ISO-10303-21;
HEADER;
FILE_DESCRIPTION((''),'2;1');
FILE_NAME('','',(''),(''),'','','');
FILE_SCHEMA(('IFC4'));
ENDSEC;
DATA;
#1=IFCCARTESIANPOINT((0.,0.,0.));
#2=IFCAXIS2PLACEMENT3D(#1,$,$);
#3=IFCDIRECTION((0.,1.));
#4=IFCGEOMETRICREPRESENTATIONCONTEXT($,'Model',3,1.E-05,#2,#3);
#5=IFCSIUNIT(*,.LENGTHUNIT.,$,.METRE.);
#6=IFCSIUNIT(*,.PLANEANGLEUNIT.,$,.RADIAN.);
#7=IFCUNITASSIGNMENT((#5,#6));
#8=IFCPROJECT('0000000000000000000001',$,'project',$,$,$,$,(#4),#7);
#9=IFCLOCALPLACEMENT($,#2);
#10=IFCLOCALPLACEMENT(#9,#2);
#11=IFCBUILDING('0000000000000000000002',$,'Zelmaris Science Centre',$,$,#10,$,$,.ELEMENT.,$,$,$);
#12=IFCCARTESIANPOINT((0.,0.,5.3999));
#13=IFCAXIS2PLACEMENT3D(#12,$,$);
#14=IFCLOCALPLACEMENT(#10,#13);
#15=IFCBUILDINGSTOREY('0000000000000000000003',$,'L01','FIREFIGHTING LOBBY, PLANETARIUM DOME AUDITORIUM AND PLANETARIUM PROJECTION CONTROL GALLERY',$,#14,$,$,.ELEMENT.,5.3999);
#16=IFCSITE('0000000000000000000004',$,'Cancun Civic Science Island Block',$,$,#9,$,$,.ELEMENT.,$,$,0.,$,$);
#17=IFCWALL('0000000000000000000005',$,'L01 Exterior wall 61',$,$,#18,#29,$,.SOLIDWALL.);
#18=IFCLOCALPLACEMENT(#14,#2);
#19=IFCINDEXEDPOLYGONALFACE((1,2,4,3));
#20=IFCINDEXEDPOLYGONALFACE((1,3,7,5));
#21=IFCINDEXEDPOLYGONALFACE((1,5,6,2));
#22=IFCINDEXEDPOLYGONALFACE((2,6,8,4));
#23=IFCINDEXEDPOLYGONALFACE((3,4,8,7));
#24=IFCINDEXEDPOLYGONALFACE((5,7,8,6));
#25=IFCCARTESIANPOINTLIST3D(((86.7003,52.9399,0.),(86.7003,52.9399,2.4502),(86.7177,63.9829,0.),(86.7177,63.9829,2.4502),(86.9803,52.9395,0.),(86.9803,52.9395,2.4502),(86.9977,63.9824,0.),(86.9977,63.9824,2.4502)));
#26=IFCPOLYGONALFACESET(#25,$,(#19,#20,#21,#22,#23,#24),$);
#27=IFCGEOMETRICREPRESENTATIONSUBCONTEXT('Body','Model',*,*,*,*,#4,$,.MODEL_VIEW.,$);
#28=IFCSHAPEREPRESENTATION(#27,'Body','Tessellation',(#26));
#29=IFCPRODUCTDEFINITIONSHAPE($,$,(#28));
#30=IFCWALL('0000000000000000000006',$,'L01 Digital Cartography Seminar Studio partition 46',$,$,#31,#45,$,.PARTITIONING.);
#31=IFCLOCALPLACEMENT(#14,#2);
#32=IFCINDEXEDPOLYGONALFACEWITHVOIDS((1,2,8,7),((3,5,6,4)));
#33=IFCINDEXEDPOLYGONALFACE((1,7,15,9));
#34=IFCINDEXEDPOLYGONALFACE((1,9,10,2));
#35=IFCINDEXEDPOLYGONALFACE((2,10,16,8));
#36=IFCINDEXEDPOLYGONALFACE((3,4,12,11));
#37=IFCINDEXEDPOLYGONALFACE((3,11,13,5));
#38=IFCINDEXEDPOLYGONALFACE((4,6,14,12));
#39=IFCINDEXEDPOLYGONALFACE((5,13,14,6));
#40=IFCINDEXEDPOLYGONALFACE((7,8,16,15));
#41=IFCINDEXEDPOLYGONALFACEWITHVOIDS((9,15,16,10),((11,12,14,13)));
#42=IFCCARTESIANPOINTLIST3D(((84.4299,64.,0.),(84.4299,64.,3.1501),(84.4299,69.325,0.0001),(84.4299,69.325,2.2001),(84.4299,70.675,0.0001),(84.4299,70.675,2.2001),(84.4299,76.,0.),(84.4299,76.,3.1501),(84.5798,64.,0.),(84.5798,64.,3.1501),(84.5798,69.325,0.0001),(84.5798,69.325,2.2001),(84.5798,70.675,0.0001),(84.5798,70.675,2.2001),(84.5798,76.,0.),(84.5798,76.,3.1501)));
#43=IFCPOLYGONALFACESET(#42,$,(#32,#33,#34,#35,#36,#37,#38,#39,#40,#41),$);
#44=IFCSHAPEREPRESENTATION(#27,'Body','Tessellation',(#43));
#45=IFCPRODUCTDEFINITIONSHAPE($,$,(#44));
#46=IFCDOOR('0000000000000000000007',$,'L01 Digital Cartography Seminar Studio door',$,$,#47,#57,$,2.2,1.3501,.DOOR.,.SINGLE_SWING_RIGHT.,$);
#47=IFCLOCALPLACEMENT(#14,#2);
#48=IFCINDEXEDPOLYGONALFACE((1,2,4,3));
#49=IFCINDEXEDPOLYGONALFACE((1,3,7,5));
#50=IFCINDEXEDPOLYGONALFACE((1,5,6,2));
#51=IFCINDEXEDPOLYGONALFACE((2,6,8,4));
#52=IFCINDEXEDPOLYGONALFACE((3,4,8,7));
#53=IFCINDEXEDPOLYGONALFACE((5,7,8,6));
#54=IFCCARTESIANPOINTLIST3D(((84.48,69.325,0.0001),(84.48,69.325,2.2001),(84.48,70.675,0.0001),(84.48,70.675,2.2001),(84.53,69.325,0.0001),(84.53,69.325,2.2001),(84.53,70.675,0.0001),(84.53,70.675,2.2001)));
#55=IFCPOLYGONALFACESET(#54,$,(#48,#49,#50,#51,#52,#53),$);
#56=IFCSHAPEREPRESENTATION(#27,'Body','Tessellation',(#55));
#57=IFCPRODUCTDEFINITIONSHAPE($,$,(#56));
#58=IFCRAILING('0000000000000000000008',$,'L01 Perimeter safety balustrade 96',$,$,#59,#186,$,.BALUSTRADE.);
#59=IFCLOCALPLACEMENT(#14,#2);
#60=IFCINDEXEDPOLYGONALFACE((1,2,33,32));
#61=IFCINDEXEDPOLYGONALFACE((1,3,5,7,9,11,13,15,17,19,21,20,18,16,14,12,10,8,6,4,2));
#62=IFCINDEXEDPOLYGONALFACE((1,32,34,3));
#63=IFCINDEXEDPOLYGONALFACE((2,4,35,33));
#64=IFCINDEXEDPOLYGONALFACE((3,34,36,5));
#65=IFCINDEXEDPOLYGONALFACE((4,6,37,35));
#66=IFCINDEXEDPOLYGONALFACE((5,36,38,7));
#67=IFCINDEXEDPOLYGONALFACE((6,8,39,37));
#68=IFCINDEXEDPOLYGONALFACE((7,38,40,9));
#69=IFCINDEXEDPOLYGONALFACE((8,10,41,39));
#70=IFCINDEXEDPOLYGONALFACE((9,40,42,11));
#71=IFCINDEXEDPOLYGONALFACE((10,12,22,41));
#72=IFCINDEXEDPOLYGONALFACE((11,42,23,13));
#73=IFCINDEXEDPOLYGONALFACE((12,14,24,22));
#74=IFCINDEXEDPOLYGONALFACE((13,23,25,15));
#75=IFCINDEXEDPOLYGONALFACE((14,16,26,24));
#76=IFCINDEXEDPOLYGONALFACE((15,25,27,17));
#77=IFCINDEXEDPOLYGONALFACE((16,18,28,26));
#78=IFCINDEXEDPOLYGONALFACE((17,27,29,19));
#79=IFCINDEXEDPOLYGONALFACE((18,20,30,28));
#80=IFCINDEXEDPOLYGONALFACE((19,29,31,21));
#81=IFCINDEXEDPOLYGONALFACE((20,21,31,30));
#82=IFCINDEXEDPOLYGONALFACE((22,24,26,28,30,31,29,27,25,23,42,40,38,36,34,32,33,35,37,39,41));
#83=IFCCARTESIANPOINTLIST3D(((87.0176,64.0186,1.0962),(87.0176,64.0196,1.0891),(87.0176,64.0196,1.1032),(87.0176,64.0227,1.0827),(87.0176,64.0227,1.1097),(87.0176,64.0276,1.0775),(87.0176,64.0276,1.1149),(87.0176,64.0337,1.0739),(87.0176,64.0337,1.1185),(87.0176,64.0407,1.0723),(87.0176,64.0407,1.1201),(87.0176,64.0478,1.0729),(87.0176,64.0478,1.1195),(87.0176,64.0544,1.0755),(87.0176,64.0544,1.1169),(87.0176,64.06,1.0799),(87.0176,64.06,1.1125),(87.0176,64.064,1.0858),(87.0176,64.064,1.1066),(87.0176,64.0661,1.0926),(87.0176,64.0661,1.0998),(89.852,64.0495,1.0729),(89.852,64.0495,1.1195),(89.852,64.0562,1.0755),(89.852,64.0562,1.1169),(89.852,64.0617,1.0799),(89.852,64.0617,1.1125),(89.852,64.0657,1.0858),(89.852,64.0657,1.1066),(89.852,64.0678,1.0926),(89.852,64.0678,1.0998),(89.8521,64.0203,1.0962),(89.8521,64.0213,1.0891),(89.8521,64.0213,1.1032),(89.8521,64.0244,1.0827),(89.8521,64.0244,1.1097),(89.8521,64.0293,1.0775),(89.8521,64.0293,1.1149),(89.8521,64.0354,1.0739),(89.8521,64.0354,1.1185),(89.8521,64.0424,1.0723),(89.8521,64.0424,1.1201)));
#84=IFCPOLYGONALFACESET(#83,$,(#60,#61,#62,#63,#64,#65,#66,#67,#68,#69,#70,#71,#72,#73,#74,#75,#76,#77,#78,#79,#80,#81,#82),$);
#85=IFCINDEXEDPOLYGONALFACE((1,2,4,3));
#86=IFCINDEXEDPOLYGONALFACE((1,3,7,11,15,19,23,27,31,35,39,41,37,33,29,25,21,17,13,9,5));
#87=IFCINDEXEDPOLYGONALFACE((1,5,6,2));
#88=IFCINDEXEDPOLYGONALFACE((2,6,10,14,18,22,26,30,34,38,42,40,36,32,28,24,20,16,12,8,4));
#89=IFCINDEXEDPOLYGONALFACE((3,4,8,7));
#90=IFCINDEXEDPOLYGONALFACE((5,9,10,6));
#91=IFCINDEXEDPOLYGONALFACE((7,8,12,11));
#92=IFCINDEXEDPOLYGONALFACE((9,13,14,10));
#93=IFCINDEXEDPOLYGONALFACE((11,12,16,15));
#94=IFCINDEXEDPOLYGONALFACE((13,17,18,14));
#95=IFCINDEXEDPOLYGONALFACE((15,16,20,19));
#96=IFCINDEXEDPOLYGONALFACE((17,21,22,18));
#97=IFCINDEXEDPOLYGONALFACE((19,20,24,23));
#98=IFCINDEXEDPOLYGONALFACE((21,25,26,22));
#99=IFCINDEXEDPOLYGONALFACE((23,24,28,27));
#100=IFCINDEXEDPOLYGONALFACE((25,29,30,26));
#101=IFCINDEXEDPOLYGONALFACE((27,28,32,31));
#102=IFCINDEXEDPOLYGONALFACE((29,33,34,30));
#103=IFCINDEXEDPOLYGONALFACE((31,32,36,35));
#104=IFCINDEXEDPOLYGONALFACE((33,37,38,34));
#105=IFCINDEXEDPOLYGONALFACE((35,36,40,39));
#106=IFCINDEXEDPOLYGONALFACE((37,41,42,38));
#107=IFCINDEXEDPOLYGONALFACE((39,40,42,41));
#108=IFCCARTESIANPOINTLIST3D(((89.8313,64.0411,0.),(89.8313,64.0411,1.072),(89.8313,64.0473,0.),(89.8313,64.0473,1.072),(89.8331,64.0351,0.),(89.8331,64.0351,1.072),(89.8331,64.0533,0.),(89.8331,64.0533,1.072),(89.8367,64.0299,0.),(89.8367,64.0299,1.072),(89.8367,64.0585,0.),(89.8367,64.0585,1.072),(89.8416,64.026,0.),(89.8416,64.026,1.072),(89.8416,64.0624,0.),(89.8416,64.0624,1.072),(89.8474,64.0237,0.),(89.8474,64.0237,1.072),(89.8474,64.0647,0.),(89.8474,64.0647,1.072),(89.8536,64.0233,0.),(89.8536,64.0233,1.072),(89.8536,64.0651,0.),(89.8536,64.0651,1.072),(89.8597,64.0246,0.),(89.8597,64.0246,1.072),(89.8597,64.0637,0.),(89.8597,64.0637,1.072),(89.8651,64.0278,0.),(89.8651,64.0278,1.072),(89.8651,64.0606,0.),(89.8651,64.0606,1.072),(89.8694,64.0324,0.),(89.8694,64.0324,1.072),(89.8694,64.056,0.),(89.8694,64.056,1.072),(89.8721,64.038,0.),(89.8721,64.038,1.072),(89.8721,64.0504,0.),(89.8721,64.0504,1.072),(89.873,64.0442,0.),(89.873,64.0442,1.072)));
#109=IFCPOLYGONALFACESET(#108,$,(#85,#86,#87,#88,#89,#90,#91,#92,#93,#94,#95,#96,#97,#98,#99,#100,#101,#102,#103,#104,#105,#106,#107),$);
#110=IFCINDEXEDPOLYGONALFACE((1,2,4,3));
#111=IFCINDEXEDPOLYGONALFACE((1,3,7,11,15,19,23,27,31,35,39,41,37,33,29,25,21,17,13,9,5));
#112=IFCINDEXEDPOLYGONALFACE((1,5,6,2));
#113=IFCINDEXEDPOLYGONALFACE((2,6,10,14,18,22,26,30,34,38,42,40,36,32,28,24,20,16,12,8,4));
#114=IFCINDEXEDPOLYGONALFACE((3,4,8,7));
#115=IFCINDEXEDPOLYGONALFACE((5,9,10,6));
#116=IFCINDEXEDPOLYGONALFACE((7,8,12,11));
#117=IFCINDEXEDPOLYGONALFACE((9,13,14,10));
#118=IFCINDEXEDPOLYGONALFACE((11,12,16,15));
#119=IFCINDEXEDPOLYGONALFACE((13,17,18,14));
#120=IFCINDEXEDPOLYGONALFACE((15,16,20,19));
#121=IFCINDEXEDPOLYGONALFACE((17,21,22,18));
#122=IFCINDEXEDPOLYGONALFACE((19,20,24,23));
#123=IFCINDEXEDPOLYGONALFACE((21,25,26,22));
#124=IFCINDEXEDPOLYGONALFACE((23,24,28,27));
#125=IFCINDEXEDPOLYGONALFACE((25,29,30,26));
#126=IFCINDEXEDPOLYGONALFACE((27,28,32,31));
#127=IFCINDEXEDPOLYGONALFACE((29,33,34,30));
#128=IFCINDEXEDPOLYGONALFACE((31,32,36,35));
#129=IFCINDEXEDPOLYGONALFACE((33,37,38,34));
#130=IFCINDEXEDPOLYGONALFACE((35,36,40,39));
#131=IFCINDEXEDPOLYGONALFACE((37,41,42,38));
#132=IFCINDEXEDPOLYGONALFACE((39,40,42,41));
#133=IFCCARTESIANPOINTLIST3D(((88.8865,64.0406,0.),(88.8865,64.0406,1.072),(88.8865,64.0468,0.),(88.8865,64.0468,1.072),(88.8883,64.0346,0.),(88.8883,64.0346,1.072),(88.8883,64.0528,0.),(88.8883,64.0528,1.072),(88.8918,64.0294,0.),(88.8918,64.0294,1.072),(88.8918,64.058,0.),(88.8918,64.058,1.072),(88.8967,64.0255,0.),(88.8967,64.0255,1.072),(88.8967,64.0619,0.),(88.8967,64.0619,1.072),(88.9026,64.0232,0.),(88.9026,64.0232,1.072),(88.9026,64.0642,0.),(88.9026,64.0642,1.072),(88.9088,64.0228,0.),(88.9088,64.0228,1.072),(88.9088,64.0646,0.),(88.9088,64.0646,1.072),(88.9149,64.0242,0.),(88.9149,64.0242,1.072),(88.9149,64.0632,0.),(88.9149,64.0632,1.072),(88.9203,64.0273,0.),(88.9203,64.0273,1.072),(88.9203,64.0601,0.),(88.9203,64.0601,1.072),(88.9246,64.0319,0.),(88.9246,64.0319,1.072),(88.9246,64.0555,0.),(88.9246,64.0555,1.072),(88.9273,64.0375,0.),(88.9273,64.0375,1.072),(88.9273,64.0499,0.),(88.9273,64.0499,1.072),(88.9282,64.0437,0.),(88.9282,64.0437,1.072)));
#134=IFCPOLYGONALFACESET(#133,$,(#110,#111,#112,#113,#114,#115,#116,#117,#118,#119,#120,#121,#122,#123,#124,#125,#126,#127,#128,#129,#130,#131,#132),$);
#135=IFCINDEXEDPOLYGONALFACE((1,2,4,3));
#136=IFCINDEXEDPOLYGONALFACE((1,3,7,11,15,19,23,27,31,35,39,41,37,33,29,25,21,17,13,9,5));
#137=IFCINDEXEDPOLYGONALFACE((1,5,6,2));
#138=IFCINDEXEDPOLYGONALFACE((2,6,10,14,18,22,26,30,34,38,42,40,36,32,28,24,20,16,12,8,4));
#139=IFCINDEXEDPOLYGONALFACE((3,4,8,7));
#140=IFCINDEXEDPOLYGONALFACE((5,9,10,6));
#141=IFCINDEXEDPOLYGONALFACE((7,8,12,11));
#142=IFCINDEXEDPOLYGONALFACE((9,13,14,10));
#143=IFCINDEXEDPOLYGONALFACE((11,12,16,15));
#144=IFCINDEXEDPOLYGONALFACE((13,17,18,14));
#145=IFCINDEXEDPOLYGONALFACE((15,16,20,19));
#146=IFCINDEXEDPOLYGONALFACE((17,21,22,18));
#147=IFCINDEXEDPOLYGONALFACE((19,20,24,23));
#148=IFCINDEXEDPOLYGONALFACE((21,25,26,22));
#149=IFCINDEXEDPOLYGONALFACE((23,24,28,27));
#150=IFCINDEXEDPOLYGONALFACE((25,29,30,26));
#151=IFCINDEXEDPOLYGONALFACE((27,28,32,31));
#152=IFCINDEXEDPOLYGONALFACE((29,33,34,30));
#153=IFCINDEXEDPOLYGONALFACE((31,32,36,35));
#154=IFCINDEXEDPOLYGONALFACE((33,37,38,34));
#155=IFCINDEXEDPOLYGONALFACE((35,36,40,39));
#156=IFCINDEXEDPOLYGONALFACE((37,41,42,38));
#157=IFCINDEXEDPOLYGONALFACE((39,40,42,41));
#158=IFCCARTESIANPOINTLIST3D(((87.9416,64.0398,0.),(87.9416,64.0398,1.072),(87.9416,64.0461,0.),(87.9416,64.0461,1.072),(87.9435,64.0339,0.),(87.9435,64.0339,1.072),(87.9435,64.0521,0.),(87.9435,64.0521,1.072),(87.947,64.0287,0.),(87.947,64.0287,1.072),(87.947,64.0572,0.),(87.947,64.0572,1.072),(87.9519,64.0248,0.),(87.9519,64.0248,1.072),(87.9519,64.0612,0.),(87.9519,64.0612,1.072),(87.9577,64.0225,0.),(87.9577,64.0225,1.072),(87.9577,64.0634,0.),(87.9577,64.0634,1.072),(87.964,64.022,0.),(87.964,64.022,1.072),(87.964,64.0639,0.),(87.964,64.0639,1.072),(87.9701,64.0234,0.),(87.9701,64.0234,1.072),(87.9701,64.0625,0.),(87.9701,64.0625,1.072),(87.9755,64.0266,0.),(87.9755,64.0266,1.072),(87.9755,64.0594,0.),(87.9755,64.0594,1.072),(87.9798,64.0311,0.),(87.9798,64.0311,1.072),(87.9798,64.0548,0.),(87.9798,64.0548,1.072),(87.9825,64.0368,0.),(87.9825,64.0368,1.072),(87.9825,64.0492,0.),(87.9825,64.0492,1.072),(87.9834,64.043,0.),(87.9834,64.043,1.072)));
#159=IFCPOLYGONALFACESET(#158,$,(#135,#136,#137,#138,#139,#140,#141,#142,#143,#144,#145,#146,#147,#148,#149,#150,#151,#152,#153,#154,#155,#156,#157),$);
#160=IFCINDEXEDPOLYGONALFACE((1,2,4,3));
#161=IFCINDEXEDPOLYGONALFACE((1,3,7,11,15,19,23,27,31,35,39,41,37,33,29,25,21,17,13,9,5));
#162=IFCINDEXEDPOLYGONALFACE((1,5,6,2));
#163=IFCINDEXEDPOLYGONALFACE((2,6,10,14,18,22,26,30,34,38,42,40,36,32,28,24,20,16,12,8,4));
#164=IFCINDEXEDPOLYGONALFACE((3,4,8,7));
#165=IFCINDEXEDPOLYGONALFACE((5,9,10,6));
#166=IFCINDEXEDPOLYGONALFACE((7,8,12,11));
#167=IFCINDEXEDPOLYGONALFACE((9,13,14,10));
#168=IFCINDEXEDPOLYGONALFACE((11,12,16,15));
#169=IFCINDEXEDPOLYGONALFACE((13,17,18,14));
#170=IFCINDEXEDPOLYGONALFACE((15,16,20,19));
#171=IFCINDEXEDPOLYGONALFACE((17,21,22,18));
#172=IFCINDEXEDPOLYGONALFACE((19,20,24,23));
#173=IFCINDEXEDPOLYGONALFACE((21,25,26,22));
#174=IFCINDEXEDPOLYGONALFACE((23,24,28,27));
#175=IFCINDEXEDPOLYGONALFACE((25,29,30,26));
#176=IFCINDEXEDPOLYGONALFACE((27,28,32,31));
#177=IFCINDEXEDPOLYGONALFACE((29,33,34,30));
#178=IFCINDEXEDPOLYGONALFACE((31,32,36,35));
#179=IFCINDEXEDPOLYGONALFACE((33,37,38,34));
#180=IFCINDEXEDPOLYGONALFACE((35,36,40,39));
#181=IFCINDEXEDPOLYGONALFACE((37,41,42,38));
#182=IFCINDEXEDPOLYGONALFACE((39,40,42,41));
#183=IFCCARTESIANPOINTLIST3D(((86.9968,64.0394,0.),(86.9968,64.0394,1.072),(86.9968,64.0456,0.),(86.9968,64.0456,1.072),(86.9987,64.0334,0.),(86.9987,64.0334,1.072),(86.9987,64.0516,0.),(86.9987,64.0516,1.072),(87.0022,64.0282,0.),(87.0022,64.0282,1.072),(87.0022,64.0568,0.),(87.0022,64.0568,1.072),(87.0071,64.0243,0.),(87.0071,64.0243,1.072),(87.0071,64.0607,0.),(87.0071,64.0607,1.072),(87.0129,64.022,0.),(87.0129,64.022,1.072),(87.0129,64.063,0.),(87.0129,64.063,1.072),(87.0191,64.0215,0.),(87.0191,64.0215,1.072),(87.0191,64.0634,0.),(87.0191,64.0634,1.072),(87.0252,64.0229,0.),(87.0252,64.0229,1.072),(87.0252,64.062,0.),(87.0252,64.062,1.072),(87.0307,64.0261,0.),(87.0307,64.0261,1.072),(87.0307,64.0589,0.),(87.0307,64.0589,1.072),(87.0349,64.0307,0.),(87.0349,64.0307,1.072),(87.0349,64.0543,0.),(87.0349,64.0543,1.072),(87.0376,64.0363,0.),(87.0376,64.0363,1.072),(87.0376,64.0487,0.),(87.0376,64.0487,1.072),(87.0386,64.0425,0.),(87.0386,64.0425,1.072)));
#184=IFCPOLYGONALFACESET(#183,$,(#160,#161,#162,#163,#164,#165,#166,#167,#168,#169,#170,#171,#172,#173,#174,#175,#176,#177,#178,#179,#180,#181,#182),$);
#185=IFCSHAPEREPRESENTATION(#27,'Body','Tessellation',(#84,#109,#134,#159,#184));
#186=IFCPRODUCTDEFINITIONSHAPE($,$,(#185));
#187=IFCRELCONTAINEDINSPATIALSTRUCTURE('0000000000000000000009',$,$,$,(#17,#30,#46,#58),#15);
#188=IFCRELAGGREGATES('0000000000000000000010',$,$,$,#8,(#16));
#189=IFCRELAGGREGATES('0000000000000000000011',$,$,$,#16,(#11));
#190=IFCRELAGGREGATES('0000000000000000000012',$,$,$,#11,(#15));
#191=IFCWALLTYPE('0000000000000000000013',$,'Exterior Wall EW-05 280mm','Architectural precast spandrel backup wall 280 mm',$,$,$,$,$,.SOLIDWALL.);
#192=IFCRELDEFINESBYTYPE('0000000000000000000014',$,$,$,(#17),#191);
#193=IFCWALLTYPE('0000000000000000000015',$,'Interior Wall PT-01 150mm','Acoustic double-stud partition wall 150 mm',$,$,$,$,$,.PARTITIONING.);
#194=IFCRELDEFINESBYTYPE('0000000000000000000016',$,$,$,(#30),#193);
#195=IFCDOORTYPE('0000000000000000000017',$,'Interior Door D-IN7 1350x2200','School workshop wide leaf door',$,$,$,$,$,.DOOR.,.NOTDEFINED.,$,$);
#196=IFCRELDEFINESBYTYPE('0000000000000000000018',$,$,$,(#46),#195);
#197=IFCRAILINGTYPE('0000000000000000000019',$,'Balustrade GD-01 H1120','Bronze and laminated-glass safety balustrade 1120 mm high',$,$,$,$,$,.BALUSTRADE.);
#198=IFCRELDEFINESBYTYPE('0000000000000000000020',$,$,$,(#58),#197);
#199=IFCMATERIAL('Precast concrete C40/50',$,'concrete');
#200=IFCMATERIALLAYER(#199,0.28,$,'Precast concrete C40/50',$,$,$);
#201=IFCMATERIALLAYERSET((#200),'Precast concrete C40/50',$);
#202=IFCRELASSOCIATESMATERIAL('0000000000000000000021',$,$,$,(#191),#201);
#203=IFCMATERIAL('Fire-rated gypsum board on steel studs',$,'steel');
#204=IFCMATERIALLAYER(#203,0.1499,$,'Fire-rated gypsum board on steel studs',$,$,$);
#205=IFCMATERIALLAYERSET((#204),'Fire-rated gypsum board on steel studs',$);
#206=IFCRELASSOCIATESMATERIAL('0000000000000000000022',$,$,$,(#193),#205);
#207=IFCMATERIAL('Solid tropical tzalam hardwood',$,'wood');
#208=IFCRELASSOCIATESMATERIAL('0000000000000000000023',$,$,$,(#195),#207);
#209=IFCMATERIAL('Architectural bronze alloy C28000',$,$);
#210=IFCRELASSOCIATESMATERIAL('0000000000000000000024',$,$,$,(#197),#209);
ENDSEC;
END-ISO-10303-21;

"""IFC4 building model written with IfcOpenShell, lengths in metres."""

from ifc_helpers import new_model, si_unit, direction, frame, frame_2d, origin, origin_2d, place, context, subcontext, project, spatial, rectangle, circle, extrude, material, layer, layer_set, type_object, element, fill, save


model = new_model("IFC4")

# Units and contexts
model_context = context("Model", 3, precision=1e-05, world=origin(), true_north=direction((0.0, 1.0)))
body_context = subcontext(model_context, "Body", "Model", "MODEL_VIEW")
ifc_project = project(units=[si_unit("LENGTHUNIT", "METRE"), si_unit("PLANEANGLEUNIT", "RADIAN")], contexts=[model_context])

# Site, building, storey
site_placement = place(None, origin())
site = spatial("IfcSite", under=ifc_project, at=site_placement, Name="Cancun Civic Science Island Block", CompositionType="ELEMENT", RefElevation=0.0)
building_placement = place(site_placement, origin())
building = spatial("IfcBuilding", under=site, at=building_placement, Name="Zelmaris Science Centre", CompositionType="ELEMENT")
storey_placement = place(building_placement, frame((0.0, 0.0, 5.3999)))
storey = spatial("IfcBuildingStorey", under=building, at=storey_placement, Name="L01", Description="FIREFIGHTING LOBBY, PLANETARIUM DOME AUDITORIUM AND PLANETARIUM PROJECTION CONTROL GALLERY", CompositionType="ELEMENT", Elevation=5.3999)

# Shared definitions
ifc_material_1 = material(Name="Precast concrete C40/50", Category="concrete")

# Wall
ifc_layer_1 = layer(ifc_material_1, 0.28, Name="Precast concrete C40/50")
ifc_layer_set_1 = layer_set([ifc_layer_1], Name="Precast concrete C40/50")
wall_type_1 = type_object("IfcWallType", Name="Exterior Wall EW-05 280mm", Description="Architectural precast spandrel backup wall 280 mm", PredefinedType="SOLIDWALL", material=ifc_layer_set_1)
wall_1_placement = place(storey_placement, frame((86.8577, 63.9827, 0.0), z_axis=(0.0, 0.0, 1.0), x_axis=(-0.00157, -0.999999, 0.0)))
element("IfcWall", 1, at=wall_1_placement, inside=storey, type_object=wall_type_1, Name="L01 Exterior wall 61", PredefinedType="SOLIDWALL", context=body_context, shape_type="SweptSolid", body=[
    extrude(rectangle(XDim=11.043, YDim=0.28, at=frame_2d((5.5215, 0.0))), origin(), (0.0, 0.0, 1.0), 2.4502),
])

# Wall, opening, door
ifc_material_2 = material(Name="Fire-rated gypsum board on steel studs", Category="steel")
ifc_layer_2 = layer(ifc_material_2, 0.1499, Name="Fire-rated gypsum board on steel studs")
ifc_layer_set_2 = layer_set([ifc_layer_2], Name="Fire-rated gypsum board on steel studs")
wall_type_2 = type_object("IfcWallType", Name="Interior Wall PT-01 150mm", Description="Acoustic double-stud partition wall 150 mm", PredefinedType="PARTITIONING", material=ifc_layer_set_2)
wall_2_placement = place(storey_placement, frame((84.5049, 64.0, 0.0), z_axis=(0.0, 0.0, 1.0), x_axis=(0.0, 1.0, 0.0)))
wall_2 = element("IfcWall", 2, at=wall_2_placement, inside=storey, type_object=wall_type_2, Name="L01 Digital Cartography Seminar Studio partition 46", PredefinedType="PARTITIONING", context=body_context, shape_type="SweptSolid", body=[
    extrude(rectangle(XDim=12.0, YDim=0.1499, at=frame_2d((6.0, 0.0))), origin(), (0.0, 0.0, 1.0), 3.1501),
])
opening_placement = place(wall_2_placement, frame((5.325, 0.0, 0.0)))
opening = element("IfcOpeningElement", 3, at=opening_placement, cuts=wall_2, PredefinedType="OPENING", context=body_context, shape_type="SweptSolid", body=[
    extrude(rectangle(XDim=1.3501, YDim=2.2, at=frame_2d((0.675, 1.1001))), frame((0.0, 0.085, 0.0), z_axis=(0.0, -1.0, 0.0), x_axis=(1.0, 0.0, 0.0)), (0.0, 0.0, 1.0), 0.1699),
])
ifc_material_3 = material(Name="Solid tropical tzalam hardwood", Category="wood")
door_type = type_object("IfcDoorType", Name="Interior Door D-IN7 1350x2200", Description="School workshop wide leaf door", OperationType="NOTDEFINED", PredefinedType="DOOR", material=ifc_material_3)
door_placement = place(opening_placement, origin())
door = element("IfcDoor", 4, at=door_placement, inside=storey, type_object=door_type, Name="L01 Digital Cartography Seminar Studio door", OperationType="SINGLE_SWING_RIGHT", OverallHeight=2.2, OverallWidth=1.3501, PredefinedType="DOOR", context=body_context, shape_type="SweptSolid", body=[
    extrude(rectangle(XDim=1.3501, YDim=2.2, at=frame_2d((0.675, 1.1001))), frame((0.0, 0.0249, 0.0), z_axis=(0.0, -1.0, 0.0), x_axis=(1.0, 0.0, 0.0)), (0.0, 0.0, 1.0), 0.05),
])
fill(opening, door)

# Railing
ifc_material_4 = material(Name="Architectural bronze alloy C28000")
railing_type = type_object("IfcRailingType", Name="Balustrade GD-01 H1120", Description="Bronze and laminated-glass safety balustrade 1120 mm high", PredefinedType="BALUSTRADE", material=ifc_material_4)
railing_placement = place(storey_placement, frame((89.8521, 64.0442, 0.0)))
element("IfcRailing", 5, at=railing_placement, inside=storey, type_object=railing_type, Name="L01 Perimeter safety balustrade 96", PredefinedType="BALUSTRADE", context=body_context, shape_type="SweptSolid", body=[
    extrude(circle(Radius=0.0239, at=origin_2d()), frame((0.0, 0.0, 1.0962), z_axis=(-1.0, -0.000603, 0.0), x_axis=(0.000603, -1.0, 0.0)), (0.0, 0.0, 1.0), 2.8345),
    extrude(circle(Radius=0.021, at=origin_2d()), origin(), (0.0, 0.0, 1.0), 1.072),
    extrude(circle(Radius=0.021, at=origin_2d()), frame((-0.9448, -0.0005, 0.0)), (0.0, 0.0, 1.0), 1.072),
    extrude(circle(Radius=0.021, at=origin_2d()), frame((-1.8896, -0.0012, 0.0)), (0.0, 0.0, 1.0), 1.072),
    extrude(circle(Radius=0.021, at=origin_2d()), frame((-2.8345, -0.0017, 0.0)), (0.0, 0.0, 1.0), 1.072),
])

save(model, "model.ifc")
